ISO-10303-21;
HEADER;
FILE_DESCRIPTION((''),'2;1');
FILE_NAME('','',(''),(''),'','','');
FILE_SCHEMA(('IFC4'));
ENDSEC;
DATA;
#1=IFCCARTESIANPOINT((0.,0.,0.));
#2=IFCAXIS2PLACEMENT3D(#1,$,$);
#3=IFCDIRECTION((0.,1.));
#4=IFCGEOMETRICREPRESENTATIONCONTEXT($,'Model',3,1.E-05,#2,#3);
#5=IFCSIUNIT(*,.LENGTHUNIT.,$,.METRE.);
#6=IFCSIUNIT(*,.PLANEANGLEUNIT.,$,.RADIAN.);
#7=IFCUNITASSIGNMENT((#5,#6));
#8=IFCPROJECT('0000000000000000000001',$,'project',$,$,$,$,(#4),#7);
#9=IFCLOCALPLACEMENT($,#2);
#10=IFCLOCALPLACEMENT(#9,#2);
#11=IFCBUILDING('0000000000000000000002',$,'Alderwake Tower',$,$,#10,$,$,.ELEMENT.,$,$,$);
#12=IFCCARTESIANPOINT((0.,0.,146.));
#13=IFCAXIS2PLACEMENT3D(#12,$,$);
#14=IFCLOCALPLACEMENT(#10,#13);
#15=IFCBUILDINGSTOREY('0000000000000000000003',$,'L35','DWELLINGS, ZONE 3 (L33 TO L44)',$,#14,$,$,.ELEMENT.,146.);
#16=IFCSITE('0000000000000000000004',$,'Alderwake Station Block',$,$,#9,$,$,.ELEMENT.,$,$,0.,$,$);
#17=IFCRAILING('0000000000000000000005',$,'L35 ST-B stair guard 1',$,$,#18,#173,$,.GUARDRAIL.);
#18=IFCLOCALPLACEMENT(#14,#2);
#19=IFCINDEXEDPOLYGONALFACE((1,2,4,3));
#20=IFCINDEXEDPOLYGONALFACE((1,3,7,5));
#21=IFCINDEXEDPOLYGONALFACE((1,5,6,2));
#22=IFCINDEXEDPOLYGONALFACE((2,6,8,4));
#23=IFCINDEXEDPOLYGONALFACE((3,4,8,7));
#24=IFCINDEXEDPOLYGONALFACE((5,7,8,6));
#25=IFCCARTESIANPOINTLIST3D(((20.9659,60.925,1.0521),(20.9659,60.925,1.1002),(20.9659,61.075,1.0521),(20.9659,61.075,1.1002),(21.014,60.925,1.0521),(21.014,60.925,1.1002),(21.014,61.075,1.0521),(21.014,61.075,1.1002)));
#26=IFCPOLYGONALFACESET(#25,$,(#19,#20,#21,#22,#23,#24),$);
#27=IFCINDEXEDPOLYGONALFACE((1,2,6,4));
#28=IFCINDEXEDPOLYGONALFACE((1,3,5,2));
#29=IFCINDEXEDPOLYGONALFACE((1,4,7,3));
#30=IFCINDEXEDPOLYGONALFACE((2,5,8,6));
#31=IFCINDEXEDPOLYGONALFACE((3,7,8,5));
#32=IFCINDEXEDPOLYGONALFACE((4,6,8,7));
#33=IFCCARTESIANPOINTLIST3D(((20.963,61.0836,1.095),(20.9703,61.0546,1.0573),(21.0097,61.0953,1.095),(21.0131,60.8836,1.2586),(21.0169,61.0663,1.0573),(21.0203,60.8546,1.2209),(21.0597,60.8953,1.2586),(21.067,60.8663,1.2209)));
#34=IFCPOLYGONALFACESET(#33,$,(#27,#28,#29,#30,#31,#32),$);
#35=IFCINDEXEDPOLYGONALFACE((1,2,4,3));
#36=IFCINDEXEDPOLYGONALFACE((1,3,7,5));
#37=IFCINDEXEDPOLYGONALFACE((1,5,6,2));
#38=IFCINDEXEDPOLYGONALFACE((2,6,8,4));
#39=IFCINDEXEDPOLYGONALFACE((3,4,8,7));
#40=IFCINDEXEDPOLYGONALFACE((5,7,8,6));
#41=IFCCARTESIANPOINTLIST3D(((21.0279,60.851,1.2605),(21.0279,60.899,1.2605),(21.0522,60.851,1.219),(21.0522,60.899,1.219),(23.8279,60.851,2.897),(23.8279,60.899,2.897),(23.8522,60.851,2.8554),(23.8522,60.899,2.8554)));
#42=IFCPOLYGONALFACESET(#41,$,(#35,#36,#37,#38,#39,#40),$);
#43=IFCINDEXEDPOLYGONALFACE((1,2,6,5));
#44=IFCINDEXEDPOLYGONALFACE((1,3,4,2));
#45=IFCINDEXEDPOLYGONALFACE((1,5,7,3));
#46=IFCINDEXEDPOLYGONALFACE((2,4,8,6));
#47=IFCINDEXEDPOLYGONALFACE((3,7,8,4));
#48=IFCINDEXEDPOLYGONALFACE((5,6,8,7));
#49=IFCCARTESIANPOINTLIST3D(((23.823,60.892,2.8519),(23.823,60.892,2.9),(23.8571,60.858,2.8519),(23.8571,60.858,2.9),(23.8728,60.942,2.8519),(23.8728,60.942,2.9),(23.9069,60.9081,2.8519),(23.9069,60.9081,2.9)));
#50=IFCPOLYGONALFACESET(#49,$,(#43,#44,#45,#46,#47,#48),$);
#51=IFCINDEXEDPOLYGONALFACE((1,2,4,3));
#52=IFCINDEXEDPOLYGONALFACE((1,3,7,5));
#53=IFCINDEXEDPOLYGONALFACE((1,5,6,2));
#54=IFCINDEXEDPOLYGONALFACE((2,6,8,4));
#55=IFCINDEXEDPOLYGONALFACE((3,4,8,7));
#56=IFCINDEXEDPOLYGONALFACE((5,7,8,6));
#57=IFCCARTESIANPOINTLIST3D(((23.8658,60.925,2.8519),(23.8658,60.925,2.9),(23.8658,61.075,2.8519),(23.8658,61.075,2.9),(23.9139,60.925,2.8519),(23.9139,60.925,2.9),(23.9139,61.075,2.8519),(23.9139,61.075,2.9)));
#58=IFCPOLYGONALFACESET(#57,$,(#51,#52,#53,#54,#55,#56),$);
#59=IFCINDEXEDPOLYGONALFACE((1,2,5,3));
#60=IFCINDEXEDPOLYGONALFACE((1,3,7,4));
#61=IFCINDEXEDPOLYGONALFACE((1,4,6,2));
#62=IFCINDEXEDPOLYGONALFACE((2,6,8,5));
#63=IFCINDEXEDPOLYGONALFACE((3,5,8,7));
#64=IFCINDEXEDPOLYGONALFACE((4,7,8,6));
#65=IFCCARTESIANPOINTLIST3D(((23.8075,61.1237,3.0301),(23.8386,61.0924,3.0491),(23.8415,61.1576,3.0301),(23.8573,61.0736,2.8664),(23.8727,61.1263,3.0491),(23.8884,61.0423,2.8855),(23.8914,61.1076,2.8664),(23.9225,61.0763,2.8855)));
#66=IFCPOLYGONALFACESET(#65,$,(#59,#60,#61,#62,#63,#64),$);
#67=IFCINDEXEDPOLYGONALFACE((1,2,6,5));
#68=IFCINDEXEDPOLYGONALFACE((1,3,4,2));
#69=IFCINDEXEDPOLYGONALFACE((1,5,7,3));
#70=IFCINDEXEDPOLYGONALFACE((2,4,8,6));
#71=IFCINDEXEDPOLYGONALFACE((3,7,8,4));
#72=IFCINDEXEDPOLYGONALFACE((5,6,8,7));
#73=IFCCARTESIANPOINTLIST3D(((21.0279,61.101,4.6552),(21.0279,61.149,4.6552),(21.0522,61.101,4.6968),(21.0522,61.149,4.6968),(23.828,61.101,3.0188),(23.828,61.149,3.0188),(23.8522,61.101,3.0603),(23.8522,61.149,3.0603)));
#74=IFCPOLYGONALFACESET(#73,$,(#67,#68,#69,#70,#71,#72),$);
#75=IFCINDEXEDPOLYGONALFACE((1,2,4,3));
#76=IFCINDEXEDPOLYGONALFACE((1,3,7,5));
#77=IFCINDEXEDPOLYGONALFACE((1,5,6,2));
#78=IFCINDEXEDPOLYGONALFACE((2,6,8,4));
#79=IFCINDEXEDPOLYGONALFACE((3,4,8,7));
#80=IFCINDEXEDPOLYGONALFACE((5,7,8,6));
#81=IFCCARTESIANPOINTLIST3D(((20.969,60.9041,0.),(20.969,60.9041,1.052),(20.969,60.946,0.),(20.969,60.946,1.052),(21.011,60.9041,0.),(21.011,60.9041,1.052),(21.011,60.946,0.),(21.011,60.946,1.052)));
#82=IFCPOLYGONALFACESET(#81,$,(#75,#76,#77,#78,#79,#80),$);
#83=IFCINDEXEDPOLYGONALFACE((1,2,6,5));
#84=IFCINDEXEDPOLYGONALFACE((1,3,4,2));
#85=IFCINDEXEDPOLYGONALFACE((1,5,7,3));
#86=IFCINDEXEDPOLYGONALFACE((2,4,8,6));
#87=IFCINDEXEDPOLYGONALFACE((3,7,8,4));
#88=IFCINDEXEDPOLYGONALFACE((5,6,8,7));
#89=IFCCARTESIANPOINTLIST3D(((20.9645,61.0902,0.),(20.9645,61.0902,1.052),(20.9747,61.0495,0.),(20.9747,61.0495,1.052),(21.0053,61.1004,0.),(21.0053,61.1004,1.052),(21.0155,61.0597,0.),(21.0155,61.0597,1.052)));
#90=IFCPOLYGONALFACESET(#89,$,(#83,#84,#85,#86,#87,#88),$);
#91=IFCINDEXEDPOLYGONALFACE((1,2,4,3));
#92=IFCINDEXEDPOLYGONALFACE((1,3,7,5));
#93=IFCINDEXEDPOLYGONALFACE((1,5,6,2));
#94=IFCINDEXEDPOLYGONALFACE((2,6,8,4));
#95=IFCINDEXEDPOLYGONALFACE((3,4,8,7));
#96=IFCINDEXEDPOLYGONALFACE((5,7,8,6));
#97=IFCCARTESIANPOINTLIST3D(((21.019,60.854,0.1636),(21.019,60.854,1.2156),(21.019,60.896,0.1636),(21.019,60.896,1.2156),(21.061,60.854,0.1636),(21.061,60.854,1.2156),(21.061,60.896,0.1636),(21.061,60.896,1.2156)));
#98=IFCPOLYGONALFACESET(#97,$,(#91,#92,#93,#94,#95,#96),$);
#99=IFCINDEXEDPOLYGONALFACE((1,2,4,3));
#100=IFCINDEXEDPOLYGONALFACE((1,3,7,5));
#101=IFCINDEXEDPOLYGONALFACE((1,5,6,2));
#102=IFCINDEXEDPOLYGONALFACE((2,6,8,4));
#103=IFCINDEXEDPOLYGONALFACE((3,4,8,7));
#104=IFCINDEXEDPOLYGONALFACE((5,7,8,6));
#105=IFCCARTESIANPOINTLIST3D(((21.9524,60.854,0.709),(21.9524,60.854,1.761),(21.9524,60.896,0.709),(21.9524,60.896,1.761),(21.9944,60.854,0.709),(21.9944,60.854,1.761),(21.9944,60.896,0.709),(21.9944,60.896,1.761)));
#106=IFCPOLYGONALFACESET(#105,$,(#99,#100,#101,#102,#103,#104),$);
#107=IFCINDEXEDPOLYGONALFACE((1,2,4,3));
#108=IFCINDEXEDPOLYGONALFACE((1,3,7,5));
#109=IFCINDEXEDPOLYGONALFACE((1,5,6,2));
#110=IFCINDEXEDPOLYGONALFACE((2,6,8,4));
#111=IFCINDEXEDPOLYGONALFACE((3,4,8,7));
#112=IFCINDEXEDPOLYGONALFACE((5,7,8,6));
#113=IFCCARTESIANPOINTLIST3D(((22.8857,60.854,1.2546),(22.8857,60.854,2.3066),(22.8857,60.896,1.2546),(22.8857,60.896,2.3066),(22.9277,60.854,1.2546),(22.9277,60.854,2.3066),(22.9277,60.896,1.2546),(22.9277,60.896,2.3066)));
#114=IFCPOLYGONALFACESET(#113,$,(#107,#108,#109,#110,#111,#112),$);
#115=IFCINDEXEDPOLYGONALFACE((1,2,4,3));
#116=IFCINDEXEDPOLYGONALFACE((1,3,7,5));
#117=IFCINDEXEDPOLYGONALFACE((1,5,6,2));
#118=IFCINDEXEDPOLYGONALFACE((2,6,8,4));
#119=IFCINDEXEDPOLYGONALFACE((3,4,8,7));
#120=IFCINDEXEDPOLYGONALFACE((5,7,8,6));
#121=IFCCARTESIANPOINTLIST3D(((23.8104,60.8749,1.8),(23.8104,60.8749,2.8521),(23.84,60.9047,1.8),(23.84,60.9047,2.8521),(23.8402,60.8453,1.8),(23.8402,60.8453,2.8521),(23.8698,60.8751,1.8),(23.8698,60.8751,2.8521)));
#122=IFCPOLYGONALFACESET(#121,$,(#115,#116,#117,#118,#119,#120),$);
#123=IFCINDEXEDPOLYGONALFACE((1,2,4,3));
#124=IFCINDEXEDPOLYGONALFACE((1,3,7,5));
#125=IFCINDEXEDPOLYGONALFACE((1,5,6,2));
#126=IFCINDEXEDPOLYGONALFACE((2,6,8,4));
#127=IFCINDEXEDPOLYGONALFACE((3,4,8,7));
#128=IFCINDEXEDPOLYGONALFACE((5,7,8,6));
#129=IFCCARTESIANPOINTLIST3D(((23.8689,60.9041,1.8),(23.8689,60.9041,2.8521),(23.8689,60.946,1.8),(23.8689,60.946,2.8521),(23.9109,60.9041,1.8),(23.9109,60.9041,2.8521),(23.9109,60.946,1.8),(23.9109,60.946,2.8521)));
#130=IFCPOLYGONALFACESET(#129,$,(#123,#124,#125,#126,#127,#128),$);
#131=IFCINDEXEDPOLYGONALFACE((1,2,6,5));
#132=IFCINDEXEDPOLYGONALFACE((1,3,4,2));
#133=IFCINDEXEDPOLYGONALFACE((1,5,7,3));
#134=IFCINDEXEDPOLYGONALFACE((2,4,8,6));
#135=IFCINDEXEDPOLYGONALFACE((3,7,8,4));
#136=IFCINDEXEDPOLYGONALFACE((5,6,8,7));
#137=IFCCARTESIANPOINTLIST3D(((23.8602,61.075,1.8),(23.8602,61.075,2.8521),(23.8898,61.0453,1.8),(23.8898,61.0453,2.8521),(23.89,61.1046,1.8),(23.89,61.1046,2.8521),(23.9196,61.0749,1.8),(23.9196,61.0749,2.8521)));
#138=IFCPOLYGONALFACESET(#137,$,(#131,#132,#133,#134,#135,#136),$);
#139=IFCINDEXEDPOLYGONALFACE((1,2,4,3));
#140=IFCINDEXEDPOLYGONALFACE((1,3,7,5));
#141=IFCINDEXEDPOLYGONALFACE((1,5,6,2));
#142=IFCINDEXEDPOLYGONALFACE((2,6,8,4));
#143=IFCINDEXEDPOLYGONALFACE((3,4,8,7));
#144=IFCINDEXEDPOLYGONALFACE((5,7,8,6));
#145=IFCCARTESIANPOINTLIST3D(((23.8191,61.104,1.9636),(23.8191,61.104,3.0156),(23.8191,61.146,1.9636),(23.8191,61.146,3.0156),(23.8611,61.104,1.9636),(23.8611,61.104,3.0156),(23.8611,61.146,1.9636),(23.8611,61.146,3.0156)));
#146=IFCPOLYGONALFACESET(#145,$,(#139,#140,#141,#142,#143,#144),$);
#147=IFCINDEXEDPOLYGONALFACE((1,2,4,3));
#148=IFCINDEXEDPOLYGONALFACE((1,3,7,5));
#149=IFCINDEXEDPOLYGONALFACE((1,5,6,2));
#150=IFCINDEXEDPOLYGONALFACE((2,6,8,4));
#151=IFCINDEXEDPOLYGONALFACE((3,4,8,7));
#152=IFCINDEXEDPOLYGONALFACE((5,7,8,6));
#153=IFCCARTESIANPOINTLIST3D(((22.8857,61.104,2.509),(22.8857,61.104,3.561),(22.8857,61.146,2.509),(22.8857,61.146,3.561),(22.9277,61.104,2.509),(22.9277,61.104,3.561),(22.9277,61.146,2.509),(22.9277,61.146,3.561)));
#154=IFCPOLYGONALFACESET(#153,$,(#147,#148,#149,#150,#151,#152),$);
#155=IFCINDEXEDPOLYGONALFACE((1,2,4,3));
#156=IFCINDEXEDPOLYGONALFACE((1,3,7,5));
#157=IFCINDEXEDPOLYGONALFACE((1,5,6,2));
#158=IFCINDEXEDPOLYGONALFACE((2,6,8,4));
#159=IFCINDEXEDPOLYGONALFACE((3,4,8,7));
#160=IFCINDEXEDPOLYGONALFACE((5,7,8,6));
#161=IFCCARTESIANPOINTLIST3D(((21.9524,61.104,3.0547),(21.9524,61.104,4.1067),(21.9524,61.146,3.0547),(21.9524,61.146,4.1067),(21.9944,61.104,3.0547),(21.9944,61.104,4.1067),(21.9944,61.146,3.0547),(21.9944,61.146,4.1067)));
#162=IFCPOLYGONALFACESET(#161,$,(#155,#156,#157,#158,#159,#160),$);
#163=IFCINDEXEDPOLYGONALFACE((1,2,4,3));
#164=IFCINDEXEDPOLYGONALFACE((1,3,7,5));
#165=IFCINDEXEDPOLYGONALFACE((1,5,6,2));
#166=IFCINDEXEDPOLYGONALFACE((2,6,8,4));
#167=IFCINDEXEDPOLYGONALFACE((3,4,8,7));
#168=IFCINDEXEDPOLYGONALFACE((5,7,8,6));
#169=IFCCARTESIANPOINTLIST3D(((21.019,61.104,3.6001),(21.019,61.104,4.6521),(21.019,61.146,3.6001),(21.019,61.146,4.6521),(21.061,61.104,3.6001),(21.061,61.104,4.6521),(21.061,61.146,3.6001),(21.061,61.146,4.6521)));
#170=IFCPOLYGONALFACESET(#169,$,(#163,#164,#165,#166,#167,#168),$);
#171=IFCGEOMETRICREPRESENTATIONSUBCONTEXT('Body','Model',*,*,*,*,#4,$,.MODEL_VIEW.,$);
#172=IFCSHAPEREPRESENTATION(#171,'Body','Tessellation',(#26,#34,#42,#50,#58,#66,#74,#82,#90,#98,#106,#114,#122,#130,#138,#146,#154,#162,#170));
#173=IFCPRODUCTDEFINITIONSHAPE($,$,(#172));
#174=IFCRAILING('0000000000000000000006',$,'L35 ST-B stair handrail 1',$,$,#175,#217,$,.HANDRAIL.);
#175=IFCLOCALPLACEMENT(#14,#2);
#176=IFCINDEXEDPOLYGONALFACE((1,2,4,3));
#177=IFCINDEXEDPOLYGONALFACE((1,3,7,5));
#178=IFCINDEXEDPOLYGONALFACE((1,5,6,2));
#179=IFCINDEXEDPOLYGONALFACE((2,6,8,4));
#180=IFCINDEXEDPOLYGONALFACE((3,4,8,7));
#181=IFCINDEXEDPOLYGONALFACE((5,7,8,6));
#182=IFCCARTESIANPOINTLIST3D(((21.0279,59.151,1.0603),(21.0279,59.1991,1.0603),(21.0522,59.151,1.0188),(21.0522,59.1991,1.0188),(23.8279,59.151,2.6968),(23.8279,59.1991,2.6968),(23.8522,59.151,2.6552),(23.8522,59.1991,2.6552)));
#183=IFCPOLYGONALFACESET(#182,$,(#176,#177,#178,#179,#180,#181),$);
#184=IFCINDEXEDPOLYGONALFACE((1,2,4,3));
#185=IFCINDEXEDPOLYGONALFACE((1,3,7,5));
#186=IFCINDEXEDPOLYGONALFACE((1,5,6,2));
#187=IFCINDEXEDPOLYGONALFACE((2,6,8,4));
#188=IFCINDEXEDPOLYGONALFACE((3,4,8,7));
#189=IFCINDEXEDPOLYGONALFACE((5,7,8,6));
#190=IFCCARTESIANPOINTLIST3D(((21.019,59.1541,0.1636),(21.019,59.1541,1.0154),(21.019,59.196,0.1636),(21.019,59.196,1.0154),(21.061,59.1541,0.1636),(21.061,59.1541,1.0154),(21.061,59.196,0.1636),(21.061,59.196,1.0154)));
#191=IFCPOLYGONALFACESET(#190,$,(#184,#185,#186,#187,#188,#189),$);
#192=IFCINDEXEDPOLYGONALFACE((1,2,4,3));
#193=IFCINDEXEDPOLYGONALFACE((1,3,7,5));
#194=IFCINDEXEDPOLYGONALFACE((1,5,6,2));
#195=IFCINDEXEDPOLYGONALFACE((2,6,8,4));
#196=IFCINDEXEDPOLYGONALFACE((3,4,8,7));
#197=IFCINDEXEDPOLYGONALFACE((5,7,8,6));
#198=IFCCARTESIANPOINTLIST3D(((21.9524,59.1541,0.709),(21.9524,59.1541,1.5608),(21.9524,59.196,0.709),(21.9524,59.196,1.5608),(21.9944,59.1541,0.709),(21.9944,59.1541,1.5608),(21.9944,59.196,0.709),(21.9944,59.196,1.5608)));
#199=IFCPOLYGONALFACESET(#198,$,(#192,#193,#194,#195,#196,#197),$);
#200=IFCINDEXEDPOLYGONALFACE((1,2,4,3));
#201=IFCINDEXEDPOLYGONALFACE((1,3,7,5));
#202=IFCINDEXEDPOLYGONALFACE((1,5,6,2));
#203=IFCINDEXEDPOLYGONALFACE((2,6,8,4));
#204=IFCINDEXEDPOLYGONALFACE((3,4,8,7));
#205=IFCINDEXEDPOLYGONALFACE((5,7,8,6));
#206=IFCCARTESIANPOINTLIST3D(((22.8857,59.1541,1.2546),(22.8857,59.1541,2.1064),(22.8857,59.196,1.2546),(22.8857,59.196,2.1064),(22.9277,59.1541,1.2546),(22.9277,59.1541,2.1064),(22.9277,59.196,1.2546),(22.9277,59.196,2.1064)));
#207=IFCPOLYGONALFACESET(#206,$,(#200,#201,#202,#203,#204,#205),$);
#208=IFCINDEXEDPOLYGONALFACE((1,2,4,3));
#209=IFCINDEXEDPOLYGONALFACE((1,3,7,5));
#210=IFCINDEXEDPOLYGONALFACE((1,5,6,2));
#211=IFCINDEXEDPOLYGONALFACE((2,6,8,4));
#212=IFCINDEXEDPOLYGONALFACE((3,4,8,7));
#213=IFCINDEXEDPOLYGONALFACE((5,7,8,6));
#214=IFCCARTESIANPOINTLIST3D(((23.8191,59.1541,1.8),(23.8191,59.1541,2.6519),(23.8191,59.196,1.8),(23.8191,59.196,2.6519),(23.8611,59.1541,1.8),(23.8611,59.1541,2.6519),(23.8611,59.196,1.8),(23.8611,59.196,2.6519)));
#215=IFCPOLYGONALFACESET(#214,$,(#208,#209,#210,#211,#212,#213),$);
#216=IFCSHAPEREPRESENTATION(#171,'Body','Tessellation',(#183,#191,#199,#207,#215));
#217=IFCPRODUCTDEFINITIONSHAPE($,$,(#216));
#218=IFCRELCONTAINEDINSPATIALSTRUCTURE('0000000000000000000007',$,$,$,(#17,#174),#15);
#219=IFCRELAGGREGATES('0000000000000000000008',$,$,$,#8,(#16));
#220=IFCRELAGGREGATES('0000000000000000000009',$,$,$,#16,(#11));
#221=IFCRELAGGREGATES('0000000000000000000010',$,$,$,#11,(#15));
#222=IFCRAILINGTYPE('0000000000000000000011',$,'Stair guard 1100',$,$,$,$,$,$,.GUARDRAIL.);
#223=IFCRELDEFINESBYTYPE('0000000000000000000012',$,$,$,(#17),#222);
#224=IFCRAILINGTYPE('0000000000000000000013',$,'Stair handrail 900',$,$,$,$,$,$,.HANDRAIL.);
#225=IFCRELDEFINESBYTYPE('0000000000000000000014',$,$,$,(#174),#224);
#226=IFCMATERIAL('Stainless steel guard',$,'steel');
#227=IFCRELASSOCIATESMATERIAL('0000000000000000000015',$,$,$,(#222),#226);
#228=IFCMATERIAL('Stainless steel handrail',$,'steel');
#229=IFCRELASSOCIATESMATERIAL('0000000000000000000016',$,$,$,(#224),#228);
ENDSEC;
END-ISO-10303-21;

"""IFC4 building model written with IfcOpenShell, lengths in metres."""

from ifc_helpers import new_model, si_unit, direction, frame, origin, origin_with_axes, origin_2d, place, context, subcontext, project, spatial, rectangle, extrude, material, type_object, element, save


model = new_model("IFC4")

# Units and contexts
model_context = context("Model", 3, precision=1e-05, world=origin(), true_north=direction((0.0, 1.0)))
body_context = subcontext(model_context, "Body", "Model", "MODEL_VIEW")
ifc_project = project(units=[si_unit("LENGTHUNIT", "METRE"), si_unit("PLANEANGLEUNIT", "RADIAN")], contexts=[model_context])

# Site, building, storey
site_placement = place(None, origin())
site = spatial("IfcSite", under=ifc_project, at=site_placement, Name="Alderwake Station Block", CompositionType="ELEMENT", RefElevation=0.0)
building_placement = place(site_placement, origin())
building = spatial("IfcBuilding", under=site, at=building_placement, Name="Alderwake Tower", CompositionType="ELEMENT")
storey_placement = place(building_placement, frame((0.0, 0.0, 146.0)))
storey = spatial("IfcBuildingStorey", under=building, at=storey_placement, Name="L35", Description="DWELLINGS, ZONE 3 (L33 TO L44)", CompositionType="ELEMENT", Elevation=146.0)

# Railings
ifc_material_1 = material(Name="Stainless steel guard", Category="steel")
railing_type_1 = type_object("IfcRailingType", Name="Stair guard 1100", PredefinedType="GUARDRAIL", material=ifc_material_1)
railing_1_placement = place(storey_placement, frame((20.99, 60.925, 0.0)))
element("IfcRailing", 1, at=railing_1_placement, inside=storey, type_object=railing_type_1, Name="L35 ST-B stair guard 1", PredefinedType="GUARDRAIL", context=body_context, shape_type="SweptSolid", body=[
    extrude(rectangle(XDim=0.0481, YDim=0.0481, at=origin_2d()), frame((0.0, 0.0, 1.0762), z_axis=(0.0, 1.0, 0.0), x_axis=(-1.0, 0.0, 0.0)), (0.0, 0.0, 1.0), 0.1499),
    extrude(rectangle(XDim=0.0481, YDim=0.0481, at=origin_2d()), frame((0.0, 0.1499, 1.0762), z_axis=(0.1902, -0.75987, 0.621628), x_axis=(0.970073, 0.242814, 0.0)), (0.0, 0.0, 1.0), 0.2632),
    extrude(rectangle(XDim=0.0481, YDim=0.0481, at=origin_2d()), frame((0.05, -0.05, 1.2397), z_axis=(0.863361, 0.0, 0.504587), x_axis=(0.0, 1.0, 0.0)), (0.0, 0.0, 1.0), 3.2432),
    extrude(rectangle(XDim=0.0481, YDim=0.0481, at=origin_2d()), frame((2.8501, -0.05, 2.876), z_axis=(0.705376, 0.708834, 0.0), x_axis=(-0.708834, 0.705376, 0.0)), (0.0, 0.0, 1.0), 0.0706),
    extrude(rectangle(XDim=0.0481, YDim=0.0481, at=origin_2d()), frame((2.8999, 0.0, 2.876), z_axis=(0.0, 1.0, 0.0), x_axis=(-1.0, 0.0, 0.0)), (0.0, 0.0, 1.0), 0.1499),
    extrude(rectangle(XDim=0.0481, YDim=0.0481, at=origin_2d()), frame((2.8999, 0.1499, 2.876), z_axis=(-0.279546, 0.280917, 0.918118), x_axis=(-0.708834, -0.705376, 0.0)), (0.0, 0.0, 1.0), 0.1782),
    extrude(rectangle(XDim=0.0481, YDim=0.0481, at=origin_2d()), frame((2.8501, 0.2, 3.0396), z_axis=(-0.863361, 0.0, 0.504587), x_axis=(0.0, -1.0, 0.0)), (0.0, 0.0, 1.0), 3.2432),
    extrude(rectangle(XDim=0.042, YDim=0.042, at=origin_2d()), frame((0.0, 0.0, 0.0), z_axis=(0.0, 0.0, 1.0), x_axis=(0.0, 1.0, 0.0)), (0.0, 0.0, 1.0), 1.052),
    extrude(rectangle(XDim=0.042, YDim=0.042, at=origin_2d()), frame((0.0, 0.1499, 0.0), z_axis=(0.0, 0.0, 1.0), x_axis=(0.242814, -0.970073, 0.0)), (0.0, 0.0, 1.0), 1.052),
    extrude(rectangle(XDim=0.042, YDim=0.042, at=origin_2d()), frame((0.05, -0.05, 0.1636), z_axis=(0.0, 0.0, 1.0), x_axis=(1.0, 0.0, 0.0)), (0.0, 0.0, 1.0), 1.052),
    extrude(rectangle(XDim=0.042, YDim=0.042, at=origin_2d()), frame((0.9834, -0.05, 0.709), z_axis=(0.0, 0.0, 1.0), x_axis=(1.0, 0.0, 0.0)), (0.0, 0.0, 1.0), 1.052),
    extrude(rectangle(XDim=0.042, YDim=0.042, at=origin_2d()), frame((1.9167, -0.05, 1.2546), z_axis=(0.0, 0.0, 1.0), x_axis=(1.0, 0.0, 0.0)), (0.0, 0.0, 1.0), 1.052),
    extrude(rectangle(XDim=0.042, YDim=0.042, at=origin_2d()), frame((2.8501, -0.05, 1.8), z_axis=(0.0, 0.0, 1.0), x_axis=(0.705376, 0.708834, 0.0)), (0.0, 0.0, 1.0), 1.052),
    extrude(rectangle(XDim=0.042, YDim=0.042, at=origin_2d()), frame((2.8999, 0.0, 1.8), z_axis=(0.0, 0.0, 1.0), x_axis=(0.0, 1.0, 0.0)), (0.0, 0.0, 1.0), 1.052),
    extrude(rectangle(XDim=0.042, YDim=0.042, at=origin_2d()), frame((2.8999, 0.1499, 1.8), z_axis=(0.0, 0.0, 1.0), x_axis=(-0.705376, 0.708834, 0.0)), (0.0, 0.0, 1.0), 1.052),
    extrude(rectangle(XDim=0.042, YDim=0.042, at=origin_2d()), frame((2.8501, 0.2, 1.9636), z_axis=(0.0, 0.0, 1.0), x_axis=(-1.0, 0.0, 0.0)), (0.0, 0.0, 1.0), 1.052),
    extrude(rectangle(XDim=0.042, YDim=0.042, at=origin_2d()), frame((1.9167, 0.2, 2.509), z_axis=(0.0, 0.0, 1.0), x_axis=(-1.0, 0.0, 0.0)), (0.0, 0.0, 1.0), 1.052),
    extrude(rectangle(XDim=0.042, YDim=0.042, at=origin_2d()), frame((0.9834, 0.2, 3.0547), z_axis=(0.0, 0.0, 1.0), x_axis=(-1.0, 0.0, 0.0)), (0.0, 0.0, 1.0), 1.052),
    extrude(rectangle(XDim=0.042, YDim=0.042, at=origin_2d()), frame((0.05, 0.2, 3.6001), z_axis=(0.0, 0.0, 1.0), x_axis=(-1.0, 0.0, 0.0)), (0.0, 0.0, 1.0), 1.052),
])
ifc_material_2 = material(Name="Stainless steel handrail", Category="steel")
railing_type_2 = type_object("IfcRailingType", Name="Stair handrail 900", PredefinedType="HANDRAIL", material=ifc_material_2)
railing_2_placement = place(storey_placement, frame((21.04, 59.175, 0.1636)))
element("IfcRailing", 2, at=railing_2_placement, inside=storey, type_object=railing_type_2, Name="L35 ST-B stair handrail 1", PredefinedType="HANDRAIL", context=body_context, shape_type="SweptSolid", body=[
    extrude(rectangle(XDim=0.0481, YDim=0.0481, at=origin_2d()), frame((0.0, 0.0, 0.876), z_axis=(0.863361, 0.0, 0.504587), x_axis=(0.0, 1.0, 0.0)), (0.0, 0.0, 1.0), 3.2432),
    extrude(rectangle(XDim=0.042, YDim=0.042, at=origin_2d()), origin_with_axes(), (0.0, 0.0, 1.0), 0.8518),
    extrude(rectangle(XDim=0.042, YDim=0.042, at=origin_2d()), frame((0.9333, 0.0, 0.5454), z_axis=(0.0, 0.0, 1.0), x_axis=(1.0, 0.0, 0.0)), (0.0, 0.0, 1.0), 0.8518),
    extrude(rectangle(XDim=0.042, YDim=0.042, at=origin_2d()), frame((1.8667, 0.0, 1.0911), z_axis=(0.0, 0.0, 1.0), x_axis=(1.0, 0.0, 0.0)), (0.0, 0.0, 1.0), 0.8518),
    extrude(rectangle(XDim=0.042, YDim=0.042, at=origin_2d()), frame((2.8, 0.0, 1.6365), z_axis=(0.0, 0.0, 1.0), x_axis=(1.0, 0.0, 0.0)), (0.0, 0.0, 1.0), 0.8518),
])

save(model, "model.ifc")
